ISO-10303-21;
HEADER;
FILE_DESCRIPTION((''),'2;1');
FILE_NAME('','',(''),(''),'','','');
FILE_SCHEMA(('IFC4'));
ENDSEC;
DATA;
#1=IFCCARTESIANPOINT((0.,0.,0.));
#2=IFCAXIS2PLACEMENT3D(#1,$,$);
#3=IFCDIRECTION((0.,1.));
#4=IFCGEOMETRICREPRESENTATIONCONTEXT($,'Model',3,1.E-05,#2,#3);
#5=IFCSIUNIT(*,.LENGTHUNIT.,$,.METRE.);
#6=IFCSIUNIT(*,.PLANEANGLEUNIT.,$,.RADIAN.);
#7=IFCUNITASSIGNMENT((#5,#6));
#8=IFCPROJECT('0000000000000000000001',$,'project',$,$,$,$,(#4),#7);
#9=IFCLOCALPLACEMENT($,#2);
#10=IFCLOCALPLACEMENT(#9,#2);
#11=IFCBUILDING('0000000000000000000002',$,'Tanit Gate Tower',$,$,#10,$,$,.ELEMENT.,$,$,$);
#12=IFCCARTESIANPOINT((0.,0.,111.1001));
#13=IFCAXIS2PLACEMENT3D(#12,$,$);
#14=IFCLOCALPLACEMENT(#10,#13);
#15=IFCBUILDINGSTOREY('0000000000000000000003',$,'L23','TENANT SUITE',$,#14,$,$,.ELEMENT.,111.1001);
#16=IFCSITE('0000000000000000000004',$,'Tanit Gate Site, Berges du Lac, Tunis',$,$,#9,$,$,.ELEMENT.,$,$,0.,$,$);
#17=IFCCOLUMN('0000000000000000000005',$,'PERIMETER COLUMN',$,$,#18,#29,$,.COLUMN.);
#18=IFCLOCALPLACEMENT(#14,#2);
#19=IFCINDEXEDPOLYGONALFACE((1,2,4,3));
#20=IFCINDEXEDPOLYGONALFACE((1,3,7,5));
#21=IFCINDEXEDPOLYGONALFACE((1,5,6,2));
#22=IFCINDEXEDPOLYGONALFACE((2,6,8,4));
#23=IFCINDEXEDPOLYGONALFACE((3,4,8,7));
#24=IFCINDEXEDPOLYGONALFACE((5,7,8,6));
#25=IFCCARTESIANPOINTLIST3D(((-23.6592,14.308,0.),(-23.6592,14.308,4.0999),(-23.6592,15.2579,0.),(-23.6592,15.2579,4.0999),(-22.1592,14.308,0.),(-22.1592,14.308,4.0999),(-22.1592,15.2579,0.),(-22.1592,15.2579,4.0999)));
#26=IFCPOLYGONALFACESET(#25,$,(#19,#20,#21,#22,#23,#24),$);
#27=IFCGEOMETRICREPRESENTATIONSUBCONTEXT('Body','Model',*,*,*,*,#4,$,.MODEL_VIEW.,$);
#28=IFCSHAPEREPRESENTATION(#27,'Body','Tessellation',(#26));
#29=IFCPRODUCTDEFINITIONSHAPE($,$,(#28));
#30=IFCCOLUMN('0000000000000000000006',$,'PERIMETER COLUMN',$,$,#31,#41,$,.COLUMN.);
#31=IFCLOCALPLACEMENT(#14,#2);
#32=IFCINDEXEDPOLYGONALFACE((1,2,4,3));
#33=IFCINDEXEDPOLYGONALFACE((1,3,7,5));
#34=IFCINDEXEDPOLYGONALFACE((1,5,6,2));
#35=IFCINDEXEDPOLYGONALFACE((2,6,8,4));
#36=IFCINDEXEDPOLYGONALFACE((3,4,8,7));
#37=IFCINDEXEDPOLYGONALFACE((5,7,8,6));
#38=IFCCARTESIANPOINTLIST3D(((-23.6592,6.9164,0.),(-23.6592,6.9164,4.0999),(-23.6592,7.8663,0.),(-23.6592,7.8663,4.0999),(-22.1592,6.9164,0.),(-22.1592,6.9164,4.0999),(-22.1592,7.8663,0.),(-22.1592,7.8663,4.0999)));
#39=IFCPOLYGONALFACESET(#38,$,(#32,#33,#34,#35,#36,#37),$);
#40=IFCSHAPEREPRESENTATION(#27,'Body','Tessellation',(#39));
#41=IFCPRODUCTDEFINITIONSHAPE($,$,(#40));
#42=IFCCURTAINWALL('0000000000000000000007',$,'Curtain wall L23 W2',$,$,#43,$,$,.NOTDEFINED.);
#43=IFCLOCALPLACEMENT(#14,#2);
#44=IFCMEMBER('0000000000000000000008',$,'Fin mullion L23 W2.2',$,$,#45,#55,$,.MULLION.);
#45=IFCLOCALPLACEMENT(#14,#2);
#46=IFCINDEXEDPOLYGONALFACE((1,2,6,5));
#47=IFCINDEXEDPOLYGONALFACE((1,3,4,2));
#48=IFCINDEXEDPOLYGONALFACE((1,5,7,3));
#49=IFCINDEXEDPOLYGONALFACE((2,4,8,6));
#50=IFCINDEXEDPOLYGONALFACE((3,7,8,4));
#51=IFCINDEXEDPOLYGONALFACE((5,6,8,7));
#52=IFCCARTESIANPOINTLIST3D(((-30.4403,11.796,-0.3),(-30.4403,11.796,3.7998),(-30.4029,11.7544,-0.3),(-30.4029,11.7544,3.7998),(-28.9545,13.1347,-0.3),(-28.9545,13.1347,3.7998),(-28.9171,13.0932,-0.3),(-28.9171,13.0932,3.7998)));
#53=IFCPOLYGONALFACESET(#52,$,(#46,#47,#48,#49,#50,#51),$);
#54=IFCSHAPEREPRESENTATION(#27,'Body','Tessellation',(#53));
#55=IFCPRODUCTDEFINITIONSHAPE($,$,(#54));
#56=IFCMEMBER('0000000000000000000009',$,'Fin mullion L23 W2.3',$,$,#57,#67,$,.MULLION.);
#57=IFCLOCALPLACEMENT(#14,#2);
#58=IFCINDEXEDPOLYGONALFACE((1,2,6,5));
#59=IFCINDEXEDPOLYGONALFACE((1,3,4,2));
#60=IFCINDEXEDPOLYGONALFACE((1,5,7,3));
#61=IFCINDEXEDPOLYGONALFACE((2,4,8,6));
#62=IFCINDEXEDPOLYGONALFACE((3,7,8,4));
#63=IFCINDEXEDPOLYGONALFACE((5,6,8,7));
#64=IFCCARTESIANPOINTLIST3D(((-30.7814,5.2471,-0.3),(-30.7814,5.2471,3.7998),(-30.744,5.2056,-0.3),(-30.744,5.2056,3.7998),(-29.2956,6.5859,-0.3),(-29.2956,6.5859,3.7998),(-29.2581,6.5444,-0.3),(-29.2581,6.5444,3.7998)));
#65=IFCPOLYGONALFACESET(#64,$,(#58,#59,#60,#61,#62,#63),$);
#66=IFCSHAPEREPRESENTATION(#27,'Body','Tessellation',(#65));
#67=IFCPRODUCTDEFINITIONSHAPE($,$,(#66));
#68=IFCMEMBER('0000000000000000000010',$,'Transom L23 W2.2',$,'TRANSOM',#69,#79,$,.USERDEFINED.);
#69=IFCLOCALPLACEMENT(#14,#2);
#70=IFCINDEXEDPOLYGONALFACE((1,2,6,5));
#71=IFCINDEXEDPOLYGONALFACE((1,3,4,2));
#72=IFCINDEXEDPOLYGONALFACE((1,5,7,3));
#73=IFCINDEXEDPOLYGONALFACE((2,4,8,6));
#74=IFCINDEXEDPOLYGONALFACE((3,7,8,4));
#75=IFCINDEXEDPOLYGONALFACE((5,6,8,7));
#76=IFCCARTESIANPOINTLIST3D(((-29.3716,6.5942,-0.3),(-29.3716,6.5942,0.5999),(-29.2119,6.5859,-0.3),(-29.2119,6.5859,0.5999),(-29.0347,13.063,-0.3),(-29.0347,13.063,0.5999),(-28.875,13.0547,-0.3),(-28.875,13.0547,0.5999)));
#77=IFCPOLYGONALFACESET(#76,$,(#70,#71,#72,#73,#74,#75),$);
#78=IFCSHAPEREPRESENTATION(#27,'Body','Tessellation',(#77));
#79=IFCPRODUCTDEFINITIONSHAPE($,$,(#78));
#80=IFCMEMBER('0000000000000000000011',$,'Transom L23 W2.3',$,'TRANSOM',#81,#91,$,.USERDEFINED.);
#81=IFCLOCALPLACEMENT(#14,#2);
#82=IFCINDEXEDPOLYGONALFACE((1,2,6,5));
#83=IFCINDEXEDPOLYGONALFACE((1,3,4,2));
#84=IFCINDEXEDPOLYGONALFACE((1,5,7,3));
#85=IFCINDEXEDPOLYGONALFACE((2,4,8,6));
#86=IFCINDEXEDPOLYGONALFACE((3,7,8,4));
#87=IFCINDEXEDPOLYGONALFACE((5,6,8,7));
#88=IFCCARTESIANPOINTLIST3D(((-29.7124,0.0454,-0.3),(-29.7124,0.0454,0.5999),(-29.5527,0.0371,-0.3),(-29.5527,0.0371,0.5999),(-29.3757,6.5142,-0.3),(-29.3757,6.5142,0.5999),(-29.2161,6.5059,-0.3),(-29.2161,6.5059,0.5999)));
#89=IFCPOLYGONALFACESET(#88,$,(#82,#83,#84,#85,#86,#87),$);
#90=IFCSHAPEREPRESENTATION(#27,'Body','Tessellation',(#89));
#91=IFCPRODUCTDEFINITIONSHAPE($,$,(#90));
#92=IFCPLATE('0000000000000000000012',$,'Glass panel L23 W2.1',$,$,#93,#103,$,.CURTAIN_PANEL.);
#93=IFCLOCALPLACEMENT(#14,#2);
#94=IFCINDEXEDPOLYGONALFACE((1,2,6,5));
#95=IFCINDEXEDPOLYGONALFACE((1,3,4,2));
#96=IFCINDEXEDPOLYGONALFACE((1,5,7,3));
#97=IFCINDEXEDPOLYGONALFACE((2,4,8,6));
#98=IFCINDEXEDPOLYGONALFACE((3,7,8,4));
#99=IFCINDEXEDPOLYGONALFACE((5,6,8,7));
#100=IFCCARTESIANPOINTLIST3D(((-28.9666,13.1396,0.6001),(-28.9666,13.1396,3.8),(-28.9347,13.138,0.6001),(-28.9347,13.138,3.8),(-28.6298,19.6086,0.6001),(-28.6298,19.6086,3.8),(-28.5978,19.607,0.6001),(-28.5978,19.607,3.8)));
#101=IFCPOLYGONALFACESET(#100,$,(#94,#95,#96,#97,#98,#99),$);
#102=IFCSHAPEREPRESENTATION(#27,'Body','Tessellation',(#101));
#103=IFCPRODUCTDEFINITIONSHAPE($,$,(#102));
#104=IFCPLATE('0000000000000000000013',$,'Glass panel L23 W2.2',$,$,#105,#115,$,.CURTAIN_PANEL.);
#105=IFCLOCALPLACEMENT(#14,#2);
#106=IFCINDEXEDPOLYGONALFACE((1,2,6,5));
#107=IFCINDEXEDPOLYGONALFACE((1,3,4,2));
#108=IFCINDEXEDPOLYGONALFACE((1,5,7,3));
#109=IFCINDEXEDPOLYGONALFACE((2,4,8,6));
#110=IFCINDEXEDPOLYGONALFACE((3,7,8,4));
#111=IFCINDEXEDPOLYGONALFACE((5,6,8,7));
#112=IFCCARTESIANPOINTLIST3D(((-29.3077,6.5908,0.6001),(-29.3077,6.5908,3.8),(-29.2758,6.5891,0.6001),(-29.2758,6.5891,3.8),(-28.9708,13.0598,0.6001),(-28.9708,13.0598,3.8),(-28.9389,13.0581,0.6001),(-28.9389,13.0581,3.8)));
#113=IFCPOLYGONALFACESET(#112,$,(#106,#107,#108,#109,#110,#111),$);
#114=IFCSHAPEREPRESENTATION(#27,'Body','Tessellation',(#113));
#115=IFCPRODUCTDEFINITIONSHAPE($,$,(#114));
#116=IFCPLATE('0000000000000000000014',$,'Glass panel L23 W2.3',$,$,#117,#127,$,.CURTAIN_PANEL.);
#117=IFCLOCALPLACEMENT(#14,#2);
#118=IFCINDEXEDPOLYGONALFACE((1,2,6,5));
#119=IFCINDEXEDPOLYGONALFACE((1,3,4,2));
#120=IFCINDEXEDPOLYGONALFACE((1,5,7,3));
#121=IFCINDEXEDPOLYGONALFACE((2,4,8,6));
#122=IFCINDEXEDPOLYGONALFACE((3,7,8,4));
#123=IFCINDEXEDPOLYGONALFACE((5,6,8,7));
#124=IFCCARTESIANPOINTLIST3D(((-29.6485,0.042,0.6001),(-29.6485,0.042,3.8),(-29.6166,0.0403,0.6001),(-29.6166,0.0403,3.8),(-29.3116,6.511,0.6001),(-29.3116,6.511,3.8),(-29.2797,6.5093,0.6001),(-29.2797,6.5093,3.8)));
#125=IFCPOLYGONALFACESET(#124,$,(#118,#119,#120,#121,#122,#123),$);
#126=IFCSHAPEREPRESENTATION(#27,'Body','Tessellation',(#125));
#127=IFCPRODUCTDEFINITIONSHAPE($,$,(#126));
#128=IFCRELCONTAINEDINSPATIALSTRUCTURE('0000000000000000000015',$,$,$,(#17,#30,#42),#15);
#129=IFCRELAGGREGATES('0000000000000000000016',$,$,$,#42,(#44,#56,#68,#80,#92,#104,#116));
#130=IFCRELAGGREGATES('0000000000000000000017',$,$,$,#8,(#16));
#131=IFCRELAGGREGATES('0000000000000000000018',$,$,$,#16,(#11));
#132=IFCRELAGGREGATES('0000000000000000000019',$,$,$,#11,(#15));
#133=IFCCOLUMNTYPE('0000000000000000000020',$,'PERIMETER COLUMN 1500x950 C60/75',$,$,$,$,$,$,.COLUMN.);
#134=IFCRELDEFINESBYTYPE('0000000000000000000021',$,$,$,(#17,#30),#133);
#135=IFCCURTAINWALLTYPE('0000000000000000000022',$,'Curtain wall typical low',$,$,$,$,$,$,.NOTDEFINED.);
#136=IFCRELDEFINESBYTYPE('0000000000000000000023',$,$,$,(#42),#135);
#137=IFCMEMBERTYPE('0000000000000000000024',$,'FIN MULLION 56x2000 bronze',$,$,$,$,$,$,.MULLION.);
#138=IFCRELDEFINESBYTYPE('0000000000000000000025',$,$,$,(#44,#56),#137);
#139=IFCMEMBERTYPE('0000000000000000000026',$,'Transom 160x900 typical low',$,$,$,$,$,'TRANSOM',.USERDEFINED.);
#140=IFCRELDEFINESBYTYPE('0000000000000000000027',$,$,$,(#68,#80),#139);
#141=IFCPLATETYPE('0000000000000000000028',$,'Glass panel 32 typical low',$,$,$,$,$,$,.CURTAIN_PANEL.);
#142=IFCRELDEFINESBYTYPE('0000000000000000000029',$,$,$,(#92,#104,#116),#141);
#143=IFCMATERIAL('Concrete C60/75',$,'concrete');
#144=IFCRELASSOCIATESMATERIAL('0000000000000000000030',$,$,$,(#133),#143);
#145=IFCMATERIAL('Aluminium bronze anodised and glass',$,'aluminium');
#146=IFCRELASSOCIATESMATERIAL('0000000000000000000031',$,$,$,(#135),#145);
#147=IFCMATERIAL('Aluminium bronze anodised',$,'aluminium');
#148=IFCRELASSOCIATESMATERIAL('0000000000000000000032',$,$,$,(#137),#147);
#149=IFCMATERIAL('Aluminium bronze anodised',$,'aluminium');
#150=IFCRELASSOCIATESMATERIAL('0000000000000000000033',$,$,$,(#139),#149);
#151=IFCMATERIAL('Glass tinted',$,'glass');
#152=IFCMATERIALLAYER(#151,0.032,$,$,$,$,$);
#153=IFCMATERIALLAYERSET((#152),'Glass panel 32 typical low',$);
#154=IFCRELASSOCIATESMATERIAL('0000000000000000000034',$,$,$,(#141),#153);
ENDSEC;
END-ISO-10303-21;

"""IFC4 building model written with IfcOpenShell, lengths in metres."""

from ifc_helpers import new_model, si_unit, direction, frame, origin, origin_2d, place, context, subcontext, project, spatial, rectangle, extrude, material, layer, layer_set, material_profile, profile_set, type_object, element, aggregate, save


model = new_model("IFC4")

# Units and contexts
model_context = context("Model", 3, precision=1e-05, world=origin(), true_north=direction((0.0, 1.0)))
body_context = subcontext(model_context, "Body", "Model", "MODEL_VIEW")
ifc_project = project(units=[si_unit("LENGTHUNIT", "METRE"), si_unit("PLANEANGLEUNIT", "RADIAN")], contexts=[model_context])

# Site, building, storey
site_placement = place(None, origin())
site = spatial("IfcSite", under=ifc_project, at=site_placement, Name="Tanit Gate Site, Berges du Lac, Tunis", CompositionType="ELEMENT", RefElevation=0.0)
building_placement = place(site_placement, origin())
building = spatial("IfcBuilding", under=site, at=building_placement, Name="Tanit Gate Tower", CompositionType="ELEMENT")
storey_placement = place(building_placement, frame((0.0, 0.0, 111.1001)))
storey = spatial("IfcBuildingStorey", under=building, at=storey_placement, Name="L23", Description="TENANT SUITE", CompositionType="ELEMENT", Elevation=111.1001)

# Columns
ifc_material_1 = material(Name="Concrete C60/75", Category="concrete")
ifc_material_profile_1 = material_profile(ifc_material_1, rectangle(XDim=1.5, YDim=0.95, at=origin_2d()), Name="RC 1500x950")
ifc_profile_set_1 = profile_set([ifc_material_profile_1], Name="Concrete C60/75")
column_type = type_object("IfcColumnType", Name="PERIMETER COLUMN 1500x950 C60/75", PredefinedType="COLUMN", material=ifc_profile_set_1)
for number, where, z_axis, x_axis, name in (
    (1, (-22.9092, 14.783, 0.0), (0.0, 0.0, 1.0), (-1.0, 0.0, 0.0), "PERIMETER COLUMN"),
    (2, (-22.9092, 7.3914, 0.0), (0.0, 0.0, 1.0), (-1.0, 0.0, 0.0), "PERIMETER COLUMN"),
):
    element("IfcColumn", number, at=place(storey_placement, frame(where, z_axis=z_axis, x_axis=x_axis)), inside=storey, type_object=column_type, Name=name, PredefinedType="COLUMN", context=body_context, shape_type="SweptSolid", body=[
        extrude(rectangle(XDim=1.5, YDim=0.95, at=origin_2d()), origin(), (0.0, 0.0, 1.0), 4.0999),
    ])

# Curtain wall, members, plates
ifc_material_2 = material(Name="Aluminium bronze anodised and glass", Category="aluminium")
curtain_wall_type = type_object("IfcCurtainWallType", Name="Curtain wall typical low", PredefinedType="NOTDEFINED", material=ifc_material_2)
curtain_wall_placement = place(storey_placement, origin())
curtain_wall = element("IfcCurtainWall", 3, at=curtain_wall_placement, inside=storey, type_object=curtain_wall_type, Name="Curtain wall L23 W2", PredefinedType="NOTDEFINED")
ifc_material_3 = material(Name="Aluminium bronze anodised", Category="aluminium")
ifc_material_profile_2 = material_profile(ifc_material_3, rectangle(XDim=2.0, YDim=0.0559, at=origin_2d()), Name="56x2000 bronze fin mullion")
ifc_profile_set_2 = profile_set([ifc_material_profile_2], Name="Aluminium bronze anodised")
member_type_1 = type_object("IfcMemberType", Name="FIN MULLION 56x2000 bronze", PredefinedType="MULLION", material=ifc_profile_set_2)
member_1_placement = place(storey_placement, frame((-29.6787, 12.4446, -0.3), z_axis=(0.0, 0.0, 1.0), x_axis=(0.742922, 0.669378, 0.0)))
member_1 = element("IfcMember", 4, at=member_1_placement, type_object=member_type_1, Name="Fin mullion L23 W2.2", PredefinedType="MULLION", context=body_context, shape_type="SweptSolid", body=[
    extrude(rectangle(XDim=2.0, YDim=0.0559, at=origin_2d()), origin(), (0.0, 0.0, 1.0), 4.0999),
])
member_2_placement = place(storey_placement, frame((-30.0198, 5.8958, -0.3), z_axis=(0.0, 0.0, 1.0), x_axis=(0.742922, 0.669378, 0.0)))
member_2 = element("IfcMember", 5, at=member_2_placement, type_object=member_type_1, Name="Fin mullion L23 W2.3", PredefinedType="MULLION", context=body_context, shape_type="SweptSolid", body=[
    extrude(rectangle(XDim=2.0, YDim=0.0559, at=origin_2d()), origin(), (0.0, 0.0, 1.0), 4.0999),
])
ifc_material_4 = material(Name="Aluminium bronze anodised", Category="aluminium")
ifc_material_profile_3 = material_profile(ifc_material_4, rectangle(XDim=0.1599, YDim=0.8999, at=origin_2d()), Name="160x900 bronze transom")
ifc_profile_set_3 = profile_set([ifc_material_profile_3], Name="Aluminium bronze anodised")
member_type_2 = type_object("IfcMemberType", Name="Transom 160x900 typical low", ElementType="TRANSOM", PredefinedType="USERDEFINED", material=ifc_profile_set_3)
member_3_placement = place(storey_placement, frame((-28.9548, 13.0588, 0.1499), z_axis=(-0.052013, -0.998646, 0.0), x_axis=(0.998646, -0.052013, 0.0)))
member_3 = element("IfcMember", 6, at=member_3_placement, type_object=member_type_2, Name="Transom L23 W2.2", ObjectType="TRANSOM", PredefinedType="USERDEFINED", context=body_context, shape_type="SweptSolid", body=[
    extrude(rectangle(XDim=0.1599, YDim=0.8999, at=origin_2d()), origin(), (0.0, 0.0, 1.0), 6.4775),
])
member_4_placement = place(storey_placement, frame((-29.2959, 6.51, 0.1499), z_axis=(-0.051975, -0.998648, 0.0), x_axis=(0.998648, -0.051975, 0.0)))
member_4 = element("IfcMember", 7, at=member_4_placement, type_object=member_type_2, Name="Transom L23 W2.3", ObjectType="TRANSOM", PredefinedType="USERDEFINED", context=body_context, shape_type="SweptSolid", body=[
    extrude(rectangle(XDim=0.1599, YDim=0.8999, at=origin_2d()), origin(), (0.0, 0.0, 1.0), 6.4775),
])
ifc_material_5 = material(Name="Glass tinted", Category="glass")
ifc_layer = layer(ifc_material_5, 0.032)
ifc_layer_set = layer_set([ifc_layer], Name="Glass panel 32 typical low")
plate_type = type_object("IfcPlateType", Name="Glass panel 32 typical low", PredefinedType="CURTAIN_PANEL", material=ifc_layer_set)
plate_1_placement = place(storey_placement, frame((-28.7822, 16.3733, 0.6001), z_axis=(0.0, 0.0, 1.0), x_axis=(-0.052003, -0.998647, 0.0)))
plate_1 = element("IfcPlate", 8, at=plate_1_placement, type_object=plate_type, Name="Glass panel L23 W2.1", PredefinedType="CURTAIN_PANEL", context=body_context, shape_type="SweptSolid", body=[
    extrude(rectangle(XDim=6.4778, YDim=0.032, at=origin_2d()), origin(), (0.0, 0.0, 1.0), 3.2),
])
plate_2_placement = place(storey_placement, frame((-29.1233, 9.8245, 0.6001), z_axis=(0.0, 0.0, 1.0), x_axis=(-0.052003, -0.998647, 0.0)))
plate_2 = element("IfcPlate", 9, at=plate_2_placement, type_object=plate_type, Name="Glass panel L23 W2.2", PredefinedType="CURTAIN_PANEL", context=body_context, shape_type="SweptSolid", body=[
    extrude(rectangle(XDim=6.4778, YDim=0.032, at=origin_2d()), origin(), (0.0, 0.0, 1.0), 3.2),
])
plate_3_placement = place(storey_placement, frame((-29.4641, 3.2756, 0.6001), z_axis=(0.0, 0.0, 1.0), x_axis=(-0.052003, -0.998647, 0.0)))
plate_3 = element("IfcPlate", 10, at=plate_3_placement, type_object=plate_type, Name="Glass panel L23 W2.3", PredefinedType="CURTAIN_PANEL", context=body_context, shape_type="SweptSolid", body=[
    extrude(rectangle(XDim=6.4778, YDim=0.032, at=origin_2d()), origin(), (0.0, 0.0, 1.0), 3.2),
])
aggregate(curtain_wall, [member_1, member_2, member_3, member_4, plate_1, plate_2, plate_3])

save(model, "model.ifc")
